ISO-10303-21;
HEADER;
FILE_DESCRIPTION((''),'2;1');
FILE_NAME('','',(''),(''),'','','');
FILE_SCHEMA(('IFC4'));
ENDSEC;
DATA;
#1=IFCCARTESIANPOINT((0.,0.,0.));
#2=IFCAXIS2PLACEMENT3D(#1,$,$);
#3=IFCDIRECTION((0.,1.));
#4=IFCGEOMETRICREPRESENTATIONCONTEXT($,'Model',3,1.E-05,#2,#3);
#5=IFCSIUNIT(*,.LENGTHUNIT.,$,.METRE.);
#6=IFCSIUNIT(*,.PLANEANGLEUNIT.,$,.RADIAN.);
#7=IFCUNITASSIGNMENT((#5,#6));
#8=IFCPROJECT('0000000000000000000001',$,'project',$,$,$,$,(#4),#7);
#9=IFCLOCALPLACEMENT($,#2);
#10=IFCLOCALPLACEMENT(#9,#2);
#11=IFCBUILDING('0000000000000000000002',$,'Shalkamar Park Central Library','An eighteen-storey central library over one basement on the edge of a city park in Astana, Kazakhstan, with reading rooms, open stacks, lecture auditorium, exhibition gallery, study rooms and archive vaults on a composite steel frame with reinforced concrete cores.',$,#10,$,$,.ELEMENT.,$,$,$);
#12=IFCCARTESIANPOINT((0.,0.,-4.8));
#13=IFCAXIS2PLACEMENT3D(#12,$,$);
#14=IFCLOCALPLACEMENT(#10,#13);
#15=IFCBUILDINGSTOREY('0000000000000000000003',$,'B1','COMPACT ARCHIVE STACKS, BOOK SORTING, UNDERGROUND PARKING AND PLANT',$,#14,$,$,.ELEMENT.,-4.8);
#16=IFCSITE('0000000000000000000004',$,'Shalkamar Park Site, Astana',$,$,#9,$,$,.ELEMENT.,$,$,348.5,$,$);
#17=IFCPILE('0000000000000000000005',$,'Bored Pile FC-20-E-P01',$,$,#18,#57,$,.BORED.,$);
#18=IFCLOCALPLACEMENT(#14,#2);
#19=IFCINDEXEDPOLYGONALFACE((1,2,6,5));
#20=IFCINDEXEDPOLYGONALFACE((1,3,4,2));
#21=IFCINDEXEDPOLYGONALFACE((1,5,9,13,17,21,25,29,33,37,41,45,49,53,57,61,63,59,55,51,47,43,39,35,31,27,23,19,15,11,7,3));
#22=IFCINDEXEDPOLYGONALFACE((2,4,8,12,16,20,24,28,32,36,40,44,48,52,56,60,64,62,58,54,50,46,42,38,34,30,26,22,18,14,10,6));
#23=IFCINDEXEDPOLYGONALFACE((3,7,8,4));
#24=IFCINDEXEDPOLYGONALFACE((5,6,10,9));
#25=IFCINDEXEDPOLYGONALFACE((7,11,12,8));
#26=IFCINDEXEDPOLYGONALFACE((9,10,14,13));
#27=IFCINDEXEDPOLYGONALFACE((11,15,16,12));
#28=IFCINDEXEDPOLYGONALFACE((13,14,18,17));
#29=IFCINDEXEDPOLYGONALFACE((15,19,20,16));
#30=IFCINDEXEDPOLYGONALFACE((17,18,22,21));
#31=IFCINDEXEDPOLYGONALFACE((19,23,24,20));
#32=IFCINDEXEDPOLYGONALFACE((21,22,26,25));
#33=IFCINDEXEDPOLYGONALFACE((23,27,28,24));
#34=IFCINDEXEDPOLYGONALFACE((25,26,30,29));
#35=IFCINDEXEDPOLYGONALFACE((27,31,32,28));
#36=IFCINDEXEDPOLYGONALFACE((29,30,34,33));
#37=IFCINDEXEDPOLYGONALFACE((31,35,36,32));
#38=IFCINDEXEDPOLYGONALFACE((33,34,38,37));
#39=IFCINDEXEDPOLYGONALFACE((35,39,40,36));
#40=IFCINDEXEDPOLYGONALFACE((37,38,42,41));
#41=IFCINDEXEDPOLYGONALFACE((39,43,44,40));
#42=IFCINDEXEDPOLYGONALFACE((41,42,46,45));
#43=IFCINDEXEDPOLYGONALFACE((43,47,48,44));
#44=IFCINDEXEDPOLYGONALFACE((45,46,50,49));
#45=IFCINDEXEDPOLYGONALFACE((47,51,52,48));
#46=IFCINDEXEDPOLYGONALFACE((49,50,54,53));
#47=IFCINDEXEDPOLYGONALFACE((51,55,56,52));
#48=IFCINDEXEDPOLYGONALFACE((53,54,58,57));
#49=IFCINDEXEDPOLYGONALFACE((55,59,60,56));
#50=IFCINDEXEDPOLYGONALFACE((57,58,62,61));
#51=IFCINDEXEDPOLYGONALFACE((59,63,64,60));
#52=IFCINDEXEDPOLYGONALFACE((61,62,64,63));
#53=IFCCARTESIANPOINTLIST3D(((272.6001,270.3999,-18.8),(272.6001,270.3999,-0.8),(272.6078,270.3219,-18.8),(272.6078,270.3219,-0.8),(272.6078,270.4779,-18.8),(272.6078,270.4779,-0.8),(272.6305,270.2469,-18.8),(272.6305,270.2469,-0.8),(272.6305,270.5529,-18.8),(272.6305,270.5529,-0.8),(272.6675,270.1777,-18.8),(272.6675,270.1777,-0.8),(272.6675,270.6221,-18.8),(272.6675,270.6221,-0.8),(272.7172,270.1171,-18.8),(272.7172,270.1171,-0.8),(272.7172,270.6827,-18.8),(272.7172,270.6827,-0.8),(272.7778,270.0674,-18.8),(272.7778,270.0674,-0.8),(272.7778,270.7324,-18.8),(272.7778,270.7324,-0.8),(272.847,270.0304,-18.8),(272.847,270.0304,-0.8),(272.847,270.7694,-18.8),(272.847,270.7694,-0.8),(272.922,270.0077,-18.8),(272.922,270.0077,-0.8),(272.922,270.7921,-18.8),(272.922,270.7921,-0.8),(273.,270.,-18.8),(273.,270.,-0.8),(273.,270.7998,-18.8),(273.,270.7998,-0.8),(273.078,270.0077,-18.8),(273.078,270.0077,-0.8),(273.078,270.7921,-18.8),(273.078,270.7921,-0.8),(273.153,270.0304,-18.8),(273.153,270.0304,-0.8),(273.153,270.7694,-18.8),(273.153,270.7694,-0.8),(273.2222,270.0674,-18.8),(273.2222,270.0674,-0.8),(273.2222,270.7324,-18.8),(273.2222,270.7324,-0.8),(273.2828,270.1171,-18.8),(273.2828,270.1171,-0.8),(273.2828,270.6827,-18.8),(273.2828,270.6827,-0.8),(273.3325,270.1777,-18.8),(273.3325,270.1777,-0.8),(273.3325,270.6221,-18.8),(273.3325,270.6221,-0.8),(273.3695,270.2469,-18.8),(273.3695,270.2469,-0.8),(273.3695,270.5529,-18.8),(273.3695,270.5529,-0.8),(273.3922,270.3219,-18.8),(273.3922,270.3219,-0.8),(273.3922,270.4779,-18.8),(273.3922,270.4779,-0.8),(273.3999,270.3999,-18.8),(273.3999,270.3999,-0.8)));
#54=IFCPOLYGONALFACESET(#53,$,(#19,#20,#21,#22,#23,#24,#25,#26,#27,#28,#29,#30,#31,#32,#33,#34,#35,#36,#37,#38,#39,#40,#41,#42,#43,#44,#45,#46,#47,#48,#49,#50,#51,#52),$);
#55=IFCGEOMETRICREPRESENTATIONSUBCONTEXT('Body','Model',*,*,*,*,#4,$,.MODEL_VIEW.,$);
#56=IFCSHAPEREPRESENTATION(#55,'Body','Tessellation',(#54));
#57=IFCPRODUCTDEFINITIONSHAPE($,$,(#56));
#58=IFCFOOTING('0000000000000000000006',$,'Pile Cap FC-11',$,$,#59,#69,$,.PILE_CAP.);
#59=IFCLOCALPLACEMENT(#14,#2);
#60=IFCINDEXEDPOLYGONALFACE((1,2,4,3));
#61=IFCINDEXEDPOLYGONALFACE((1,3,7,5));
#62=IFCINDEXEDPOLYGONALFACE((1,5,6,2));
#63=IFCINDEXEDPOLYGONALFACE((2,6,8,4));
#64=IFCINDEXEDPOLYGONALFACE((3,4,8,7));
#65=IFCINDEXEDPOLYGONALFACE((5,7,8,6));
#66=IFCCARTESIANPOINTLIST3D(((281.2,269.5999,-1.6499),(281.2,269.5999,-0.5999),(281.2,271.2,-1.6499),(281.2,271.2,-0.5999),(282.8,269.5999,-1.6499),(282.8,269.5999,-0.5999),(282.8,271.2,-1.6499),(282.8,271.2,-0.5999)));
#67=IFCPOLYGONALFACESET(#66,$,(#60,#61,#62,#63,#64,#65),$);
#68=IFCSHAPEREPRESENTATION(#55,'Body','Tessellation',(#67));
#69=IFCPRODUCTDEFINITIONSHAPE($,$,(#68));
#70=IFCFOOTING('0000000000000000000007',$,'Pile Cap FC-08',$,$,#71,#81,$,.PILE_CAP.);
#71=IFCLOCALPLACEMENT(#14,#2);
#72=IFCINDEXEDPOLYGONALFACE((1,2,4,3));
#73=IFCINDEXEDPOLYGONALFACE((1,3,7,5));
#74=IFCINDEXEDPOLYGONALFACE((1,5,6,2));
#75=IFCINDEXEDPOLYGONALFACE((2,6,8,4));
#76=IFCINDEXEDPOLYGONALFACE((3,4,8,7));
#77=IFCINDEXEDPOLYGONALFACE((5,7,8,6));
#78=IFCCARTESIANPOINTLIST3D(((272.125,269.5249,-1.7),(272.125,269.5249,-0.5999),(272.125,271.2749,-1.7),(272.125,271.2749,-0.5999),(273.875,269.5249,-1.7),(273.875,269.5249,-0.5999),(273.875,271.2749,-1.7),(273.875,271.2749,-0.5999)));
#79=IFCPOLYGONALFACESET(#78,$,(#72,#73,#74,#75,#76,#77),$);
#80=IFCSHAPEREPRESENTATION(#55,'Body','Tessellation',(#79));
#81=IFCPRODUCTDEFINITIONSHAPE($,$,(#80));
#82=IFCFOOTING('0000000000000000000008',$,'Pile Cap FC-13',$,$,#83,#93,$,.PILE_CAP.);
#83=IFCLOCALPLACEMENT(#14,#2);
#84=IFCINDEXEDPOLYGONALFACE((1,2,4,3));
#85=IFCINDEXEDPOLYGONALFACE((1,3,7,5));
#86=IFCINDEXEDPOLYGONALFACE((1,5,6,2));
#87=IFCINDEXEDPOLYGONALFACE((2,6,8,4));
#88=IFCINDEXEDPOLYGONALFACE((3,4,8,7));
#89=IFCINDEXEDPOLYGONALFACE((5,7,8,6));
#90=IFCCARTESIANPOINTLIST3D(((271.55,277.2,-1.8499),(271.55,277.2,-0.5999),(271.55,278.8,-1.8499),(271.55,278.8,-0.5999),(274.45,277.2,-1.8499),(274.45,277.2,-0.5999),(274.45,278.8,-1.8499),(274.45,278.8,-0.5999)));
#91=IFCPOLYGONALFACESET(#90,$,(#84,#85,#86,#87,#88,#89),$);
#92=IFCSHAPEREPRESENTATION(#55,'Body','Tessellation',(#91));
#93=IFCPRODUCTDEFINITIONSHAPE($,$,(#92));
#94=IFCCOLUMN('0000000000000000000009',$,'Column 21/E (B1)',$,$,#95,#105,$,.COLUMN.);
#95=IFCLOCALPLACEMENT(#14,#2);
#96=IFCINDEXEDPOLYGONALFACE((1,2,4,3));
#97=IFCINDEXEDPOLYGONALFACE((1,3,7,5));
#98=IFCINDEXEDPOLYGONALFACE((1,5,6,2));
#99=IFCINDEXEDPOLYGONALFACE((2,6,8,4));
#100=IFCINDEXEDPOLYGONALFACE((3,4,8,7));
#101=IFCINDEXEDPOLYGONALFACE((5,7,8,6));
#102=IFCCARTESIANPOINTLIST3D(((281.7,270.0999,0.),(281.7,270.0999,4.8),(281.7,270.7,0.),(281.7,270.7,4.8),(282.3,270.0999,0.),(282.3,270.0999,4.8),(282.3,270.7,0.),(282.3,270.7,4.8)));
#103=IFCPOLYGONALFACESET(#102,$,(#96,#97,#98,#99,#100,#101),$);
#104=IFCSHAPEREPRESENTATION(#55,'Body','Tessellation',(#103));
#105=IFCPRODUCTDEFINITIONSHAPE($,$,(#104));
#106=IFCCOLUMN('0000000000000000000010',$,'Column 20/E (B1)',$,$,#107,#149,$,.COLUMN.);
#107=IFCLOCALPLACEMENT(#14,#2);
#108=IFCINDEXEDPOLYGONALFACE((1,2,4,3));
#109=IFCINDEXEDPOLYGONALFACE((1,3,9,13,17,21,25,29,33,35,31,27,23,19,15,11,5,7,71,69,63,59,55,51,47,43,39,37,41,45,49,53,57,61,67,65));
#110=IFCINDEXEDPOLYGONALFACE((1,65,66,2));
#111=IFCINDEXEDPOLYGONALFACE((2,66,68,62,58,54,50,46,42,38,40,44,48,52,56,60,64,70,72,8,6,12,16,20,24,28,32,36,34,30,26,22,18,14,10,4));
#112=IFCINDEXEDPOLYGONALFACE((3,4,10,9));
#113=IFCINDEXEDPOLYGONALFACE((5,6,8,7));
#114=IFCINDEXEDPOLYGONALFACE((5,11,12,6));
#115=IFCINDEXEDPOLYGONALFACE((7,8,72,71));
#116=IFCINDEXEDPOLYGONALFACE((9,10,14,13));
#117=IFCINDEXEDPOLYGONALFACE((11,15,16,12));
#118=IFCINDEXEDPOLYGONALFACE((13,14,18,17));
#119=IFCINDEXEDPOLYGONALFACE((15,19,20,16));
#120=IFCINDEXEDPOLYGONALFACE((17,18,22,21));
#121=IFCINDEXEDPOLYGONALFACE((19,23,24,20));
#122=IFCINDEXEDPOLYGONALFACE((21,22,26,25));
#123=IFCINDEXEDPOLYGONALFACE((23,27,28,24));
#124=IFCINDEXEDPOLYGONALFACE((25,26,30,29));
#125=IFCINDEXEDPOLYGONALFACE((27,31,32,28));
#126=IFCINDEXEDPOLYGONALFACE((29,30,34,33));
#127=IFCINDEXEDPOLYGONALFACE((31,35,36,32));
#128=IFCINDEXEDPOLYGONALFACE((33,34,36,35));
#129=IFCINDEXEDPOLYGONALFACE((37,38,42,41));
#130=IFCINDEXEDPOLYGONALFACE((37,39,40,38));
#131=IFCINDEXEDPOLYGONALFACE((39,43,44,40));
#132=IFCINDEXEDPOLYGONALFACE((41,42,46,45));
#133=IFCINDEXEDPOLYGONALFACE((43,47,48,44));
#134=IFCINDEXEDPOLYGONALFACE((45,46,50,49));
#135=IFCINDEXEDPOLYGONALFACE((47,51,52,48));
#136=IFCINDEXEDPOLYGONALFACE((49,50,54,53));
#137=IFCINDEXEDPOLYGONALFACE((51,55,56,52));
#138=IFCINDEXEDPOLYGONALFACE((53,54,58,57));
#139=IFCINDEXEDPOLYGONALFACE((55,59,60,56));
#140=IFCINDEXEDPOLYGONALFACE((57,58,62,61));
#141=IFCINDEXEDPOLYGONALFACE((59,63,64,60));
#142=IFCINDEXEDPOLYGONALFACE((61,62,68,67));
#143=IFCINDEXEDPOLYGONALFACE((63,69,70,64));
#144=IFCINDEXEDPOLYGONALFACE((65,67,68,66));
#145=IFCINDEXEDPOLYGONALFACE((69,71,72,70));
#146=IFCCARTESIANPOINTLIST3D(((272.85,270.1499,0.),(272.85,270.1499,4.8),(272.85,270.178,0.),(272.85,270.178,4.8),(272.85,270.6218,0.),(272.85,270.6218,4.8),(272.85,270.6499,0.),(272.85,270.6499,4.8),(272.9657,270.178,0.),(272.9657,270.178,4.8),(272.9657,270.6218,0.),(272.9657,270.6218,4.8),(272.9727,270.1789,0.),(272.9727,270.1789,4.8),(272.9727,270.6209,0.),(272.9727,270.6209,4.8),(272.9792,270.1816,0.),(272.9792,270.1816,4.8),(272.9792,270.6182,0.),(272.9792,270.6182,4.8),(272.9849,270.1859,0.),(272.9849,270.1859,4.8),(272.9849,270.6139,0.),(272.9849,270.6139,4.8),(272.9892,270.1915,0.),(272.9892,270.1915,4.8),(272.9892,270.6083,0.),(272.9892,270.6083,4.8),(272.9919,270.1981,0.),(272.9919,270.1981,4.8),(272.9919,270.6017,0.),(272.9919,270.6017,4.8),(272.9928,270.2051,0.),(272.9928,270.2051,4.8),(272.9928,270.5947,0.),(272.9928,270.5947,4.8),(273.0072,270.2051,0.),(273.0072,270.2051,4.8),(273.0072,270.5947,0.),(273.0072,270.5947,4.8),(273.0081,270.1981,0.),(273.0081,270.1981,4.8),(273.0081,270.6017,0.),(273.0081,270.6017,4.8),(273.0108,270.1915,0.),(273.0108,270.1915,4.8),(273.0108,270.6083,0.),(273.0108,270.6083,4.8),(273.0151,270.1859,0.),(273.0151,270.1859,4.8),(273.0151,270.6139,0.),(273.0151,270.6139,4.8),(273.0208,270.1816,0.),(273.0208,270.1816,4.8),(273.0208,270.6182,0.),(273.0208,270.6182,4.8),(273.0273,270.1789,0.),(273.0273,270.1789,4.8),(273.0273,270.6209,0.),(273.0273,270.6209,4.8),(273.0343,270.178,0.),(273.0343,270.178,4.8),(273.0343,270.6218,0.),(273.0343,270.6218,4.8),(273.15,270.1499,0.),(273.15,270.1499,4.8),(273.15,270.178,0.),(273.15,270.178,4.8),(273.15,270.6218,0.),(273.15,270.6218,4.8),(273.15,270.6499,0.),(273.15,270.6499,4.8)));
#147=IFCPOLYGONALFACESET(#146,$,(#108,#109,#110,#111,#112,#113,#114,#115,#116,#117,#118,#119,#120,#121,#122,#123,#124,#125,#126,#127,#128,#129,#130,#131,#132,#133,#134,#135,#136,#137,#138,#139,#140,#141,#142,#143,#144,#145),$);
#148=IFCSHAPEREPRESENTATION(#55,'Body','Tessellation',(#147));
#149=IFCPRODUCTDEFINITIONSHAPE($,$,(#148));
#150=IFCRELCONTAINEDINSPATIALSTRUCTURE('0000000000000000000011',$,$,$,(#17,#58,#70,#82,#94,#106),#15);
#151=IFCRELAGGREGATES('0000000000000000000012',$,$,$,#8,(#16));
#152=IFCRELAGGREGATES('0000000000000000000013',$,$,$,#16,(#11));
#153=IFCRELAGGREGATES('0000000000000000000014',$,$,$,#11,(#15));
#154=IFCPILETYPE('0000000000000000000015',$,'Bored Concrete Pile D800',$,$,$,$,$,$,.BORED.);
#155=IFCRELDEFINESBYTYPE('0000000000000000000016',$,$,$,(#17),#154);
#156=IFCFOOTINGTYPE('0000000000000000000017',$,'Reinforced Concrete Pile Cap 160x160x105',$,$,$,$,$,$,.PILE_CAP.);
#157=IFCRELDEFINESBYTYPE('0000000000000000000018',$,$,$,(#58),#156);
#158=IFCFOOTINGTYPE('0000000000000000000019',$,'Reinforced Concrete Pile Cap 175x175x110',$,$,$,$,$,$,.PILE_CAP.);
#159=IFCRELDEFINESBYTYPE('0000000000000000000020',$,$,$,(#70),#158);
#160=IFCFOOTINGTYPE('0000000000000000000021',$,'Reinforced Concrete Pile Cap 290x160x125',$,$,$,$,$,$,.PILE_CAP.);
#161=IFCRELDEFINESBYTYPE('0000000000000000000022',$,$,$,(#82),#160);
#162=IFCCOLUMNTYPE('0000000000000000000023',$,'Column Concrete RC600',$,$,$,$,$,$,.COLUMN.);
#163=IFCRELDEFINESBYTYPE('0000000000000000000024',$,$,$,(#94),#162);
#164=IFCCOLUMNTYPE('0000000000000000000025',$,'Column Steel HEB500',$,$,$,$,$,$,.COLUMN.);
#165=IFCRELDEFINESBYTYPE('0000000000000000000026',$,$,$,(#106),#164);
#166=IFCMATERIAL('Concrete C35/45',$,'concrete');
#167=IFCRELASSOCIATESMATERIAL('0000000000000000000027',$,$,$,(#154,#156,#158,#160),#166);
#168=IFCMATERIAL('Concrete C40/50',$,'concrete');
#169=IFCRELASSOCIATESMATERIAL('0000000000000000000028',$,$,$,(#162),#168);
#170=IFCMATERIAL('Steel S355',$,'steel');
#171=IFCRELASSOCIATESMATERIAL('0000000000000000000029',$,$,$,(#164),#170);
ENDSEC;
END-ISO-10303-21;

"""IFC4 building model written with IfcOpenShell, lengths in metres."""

from ifc_helpers import new_model, si_unit, direction, frame, origin, origin_2d, place, context, subcontext, project, spatial, rectangle, circle, i_section, extrude, material, material_profile, profile_set, type_object, element, save


model = new_model("IFC4")

# Units and contexts
model_context = context("Model", 3, precision=1e-05, world=origin(), true_north=direction((0.0, 1.0)))
body_context = subcontext(model_context, "Body", "Model", "MODEL_VIEW")
ifc_project = project(units=[si_unit("LENGTHUNIT", "METRE"), si_unit("PLANEANGLEUNIT", "RADIAN")], contexts=[model_context])

# Site, building, storey
site_placement = place(None, origin())
site = spatial("IfcSite", under=ifc_project, at=site_placement, Name="Shalkamar Park Site, Astana", CompositionType="ELEMENT", RefElevation=348.5)
building_placement = place(site_placement, origin())
building = spatial("IfcBuilding", under=site, at=building_placement, Name="Shalkamar Park Central Library", Description="An eighteen-storey central library over one basement on the edge of a city park in Astana, Kazakhstan, with reading rooms, open stacks, lecture auditorium, exhibition gallery, study rooms and archive vaults on a composite steel frame with reinforced concrete cores.", CompositionType="ELEMENT")
storey_placement = place(building_placement, frame((0.0, 0.0, -4.8)))
storey = spatial("IfcBuildingStorey", under=building, at=storey_placement, Name="B1", Description="COMPACT ARCHIVE STACKS, BOOK SORTING, UNDERGROUND PARKING AND PLANT", CompositionType="ELEMENT", Elevation=-4.8)

# Pile
ifc_material_1 = material(Name="Concrete C35/45", Category="concrete")
ifc_material_profile_1 = material_profile(ifc_material_1, circle(Radius=0.3999, at=origin_2d()), Name="PILE D800")
ifc_profile_set_1 = profile_set([ifc_material_profile_1], Name="Concrete C35/45")
pile_type_1 = type_object("IfcPileType", Name="Bored Concrete Pile D800", PredefinedType="BORED", material=ifc_profile_set_1)
for number, where, z_axis, x_axis, name in (
    (1, (273.0, 270.3999, -0.8), (0.0, 0.0, -1.0), (1.0, 0.0, 0.0), "Bored Pile FC-20-E-P01"),
):
    element("IfcPile", number, at=place(storey_placement, frame(where, z_axis=z_axis, x_axis=x_axis)), inside=storey, type_object=pile_type_1, Name=name, PredefinedType="BORED", context=body_context, shape_type="SweptSolid", body=[
        extrude(circle(Radius=0.3999, at=origin_2d()), origin(), (0.0, 0.0, 1.0), 18.0),
    ])

# Footings
footing_type_1 = type_object("IfcFootingType", Name="Reinforced Concrete Pile Cap 160x160x105", PredefinedType="PILE_CAP", material=ifc_material_1)
footing_1_placement = place(storey_placement, frame((282.0, 270.3999, -1.6499), z_axis=(0.0, 0.0, 1.0), x_axis=(1.0, 0.0, 0.0)))
element("IfcFooting", 2, at=footing_1_placement, inside=storey, type_object=footing_type_1, Name="Pile Cap FC-11", PredefinedType="PILE_CAP", context=body_context, shape_type="SweptSolid", body=[
    extrude(rectangle(XDim=1.6001, YDim=1.6001, at=origin_2d()), origin(), (0.0, 0.0, 1.0), 1.05),
])
footing_type_2 = type_object("IfcFootingType", Name="Reinforced Concrete Pile Cap 175x175x110", PredefinedType="PILE_CAP", material=ifc_material_1)
footing_2_placement = place(storey_placement, frame((273.0, 270.3999, -1.7), z_axis=(0.0, 0.0, 1.0), x_axis=(1.0, 0.0, 0.0)))
element("IfcFooting", 3, at=footing_2_placement, inside=storey, type_object=footing_type_2, Name="Pile Cap FC-08", PredefinedType="PILE_CAP", context=body_context, shape_type="SweptSolid", body=[
    extrude(rectangle(XDim=1.75, YDim=1.75, at=origin_2d()), origin(), (0.0, 0.0, 1.0), 1.1001),
])
footing_type_3 = type_object("IfcFootingType", Name="Reinforced Concrete Pile Cap 290x160x125", PredefinedType="PILE_CAP", material=ifc_material_1)
footing_3_placement = place(storey_placement, frame((273.0, 278.0, -1.8499), z_axis=(0.0, 0.0, 1.0), x_axis=(1.0, 0.0, 0.0)))
element("IfcFooting", 4, at=footing_3_placement, inside=storey, type_object=footing_type_3, Name="Pile Cap FC-13", PredefinedType="PILE_CAP", context=body_context, shape_type="SweptSolid", body=[
    extrude(rectangle(XDim=2.8999, YDim=1.6001, at=origin_2d()), origin(), (0.0, 0.0, 1.0), 1.25),
])

# Columns
ifc_material_2 = material(Name="Concrete C40/50", Category="concrete")
ifc_material_profile_2 = material_profile(ifc_material_2, rectangle(XDim=0.6001, YDim=0.6001, at=origin_2d()), Name="RC 600x600")
ifc_profile_set_2 = profile_set([ifc_material_profile_2], Name="Concrete C40/50")
column_type_1 = type_object("IfcColumnType", Name="Column Concrete RC600", PredefinedType="COLUMN", material=ifc_profile_set_2)
column_1_placement = place(storey_placement, frame((282.0, 270.3999, 0.0), z_axis=(0.0, 0.0, 1.0), x_axis=(1.0, 0.0, 0.0)))
element("IfcColumn", 5, at=column_1_placement, inside=storey, type_object=column_type_1, Name="Column 21/E (B1)", PredefinedType="COLUMN", context=body_context, shape_type="SweptSolid", body=[
    extrude(rectangle(XDim=0.6001, YDim=0.6001, at=origin_2d()), origin(), (0.0, 0.0, 1.0), 4.8),
])
ifc_material_3 = material(Name="Steel S355", Category="steel")
ifc_material_profile_3 = material_profile(ifc_material_3, i_section(OverallWidth=0.3, OverallDepth=0.5, WebThickness=0.0144, FlangeThickness=0.0281, FilletRadius=0.0271, at=origin_2d()), Name="HEB 500")
ifc_profile_set_3 = profile_set([ifc_material_profile_3], Name="Steel S355")
column_type_2 = type_object("IfcColumnType", Name="Column Steel HEB500", PredefinedType="COLUMN", material=ifc_profile_set_3)
column_2_placement = place(storey_placement, frame((273.0, 270.3999, 0.0), z_axis=(0.0, 0.0, 1.0), x_axis=(1.0, 0.0, 0.0)))
element("IfcColumn", 6, at=column_2_placement, inside=storey, type_object=column_type_2, Name="Column 20/E (B1)", PredefinedType="COLUMN", context=body_context, shape_type="SweptSolid", body=[
    extrude(i_section(OverallWidth=0.3, OverallDepth=0.5, WebThickness=0.0144, FlangeThickness=0.0281, FilletRadius=0.0271, at=origin_2d()), origin(), (0.0, 0.0, 1.0), 4.8),
])

save(model, "model.ifc")
